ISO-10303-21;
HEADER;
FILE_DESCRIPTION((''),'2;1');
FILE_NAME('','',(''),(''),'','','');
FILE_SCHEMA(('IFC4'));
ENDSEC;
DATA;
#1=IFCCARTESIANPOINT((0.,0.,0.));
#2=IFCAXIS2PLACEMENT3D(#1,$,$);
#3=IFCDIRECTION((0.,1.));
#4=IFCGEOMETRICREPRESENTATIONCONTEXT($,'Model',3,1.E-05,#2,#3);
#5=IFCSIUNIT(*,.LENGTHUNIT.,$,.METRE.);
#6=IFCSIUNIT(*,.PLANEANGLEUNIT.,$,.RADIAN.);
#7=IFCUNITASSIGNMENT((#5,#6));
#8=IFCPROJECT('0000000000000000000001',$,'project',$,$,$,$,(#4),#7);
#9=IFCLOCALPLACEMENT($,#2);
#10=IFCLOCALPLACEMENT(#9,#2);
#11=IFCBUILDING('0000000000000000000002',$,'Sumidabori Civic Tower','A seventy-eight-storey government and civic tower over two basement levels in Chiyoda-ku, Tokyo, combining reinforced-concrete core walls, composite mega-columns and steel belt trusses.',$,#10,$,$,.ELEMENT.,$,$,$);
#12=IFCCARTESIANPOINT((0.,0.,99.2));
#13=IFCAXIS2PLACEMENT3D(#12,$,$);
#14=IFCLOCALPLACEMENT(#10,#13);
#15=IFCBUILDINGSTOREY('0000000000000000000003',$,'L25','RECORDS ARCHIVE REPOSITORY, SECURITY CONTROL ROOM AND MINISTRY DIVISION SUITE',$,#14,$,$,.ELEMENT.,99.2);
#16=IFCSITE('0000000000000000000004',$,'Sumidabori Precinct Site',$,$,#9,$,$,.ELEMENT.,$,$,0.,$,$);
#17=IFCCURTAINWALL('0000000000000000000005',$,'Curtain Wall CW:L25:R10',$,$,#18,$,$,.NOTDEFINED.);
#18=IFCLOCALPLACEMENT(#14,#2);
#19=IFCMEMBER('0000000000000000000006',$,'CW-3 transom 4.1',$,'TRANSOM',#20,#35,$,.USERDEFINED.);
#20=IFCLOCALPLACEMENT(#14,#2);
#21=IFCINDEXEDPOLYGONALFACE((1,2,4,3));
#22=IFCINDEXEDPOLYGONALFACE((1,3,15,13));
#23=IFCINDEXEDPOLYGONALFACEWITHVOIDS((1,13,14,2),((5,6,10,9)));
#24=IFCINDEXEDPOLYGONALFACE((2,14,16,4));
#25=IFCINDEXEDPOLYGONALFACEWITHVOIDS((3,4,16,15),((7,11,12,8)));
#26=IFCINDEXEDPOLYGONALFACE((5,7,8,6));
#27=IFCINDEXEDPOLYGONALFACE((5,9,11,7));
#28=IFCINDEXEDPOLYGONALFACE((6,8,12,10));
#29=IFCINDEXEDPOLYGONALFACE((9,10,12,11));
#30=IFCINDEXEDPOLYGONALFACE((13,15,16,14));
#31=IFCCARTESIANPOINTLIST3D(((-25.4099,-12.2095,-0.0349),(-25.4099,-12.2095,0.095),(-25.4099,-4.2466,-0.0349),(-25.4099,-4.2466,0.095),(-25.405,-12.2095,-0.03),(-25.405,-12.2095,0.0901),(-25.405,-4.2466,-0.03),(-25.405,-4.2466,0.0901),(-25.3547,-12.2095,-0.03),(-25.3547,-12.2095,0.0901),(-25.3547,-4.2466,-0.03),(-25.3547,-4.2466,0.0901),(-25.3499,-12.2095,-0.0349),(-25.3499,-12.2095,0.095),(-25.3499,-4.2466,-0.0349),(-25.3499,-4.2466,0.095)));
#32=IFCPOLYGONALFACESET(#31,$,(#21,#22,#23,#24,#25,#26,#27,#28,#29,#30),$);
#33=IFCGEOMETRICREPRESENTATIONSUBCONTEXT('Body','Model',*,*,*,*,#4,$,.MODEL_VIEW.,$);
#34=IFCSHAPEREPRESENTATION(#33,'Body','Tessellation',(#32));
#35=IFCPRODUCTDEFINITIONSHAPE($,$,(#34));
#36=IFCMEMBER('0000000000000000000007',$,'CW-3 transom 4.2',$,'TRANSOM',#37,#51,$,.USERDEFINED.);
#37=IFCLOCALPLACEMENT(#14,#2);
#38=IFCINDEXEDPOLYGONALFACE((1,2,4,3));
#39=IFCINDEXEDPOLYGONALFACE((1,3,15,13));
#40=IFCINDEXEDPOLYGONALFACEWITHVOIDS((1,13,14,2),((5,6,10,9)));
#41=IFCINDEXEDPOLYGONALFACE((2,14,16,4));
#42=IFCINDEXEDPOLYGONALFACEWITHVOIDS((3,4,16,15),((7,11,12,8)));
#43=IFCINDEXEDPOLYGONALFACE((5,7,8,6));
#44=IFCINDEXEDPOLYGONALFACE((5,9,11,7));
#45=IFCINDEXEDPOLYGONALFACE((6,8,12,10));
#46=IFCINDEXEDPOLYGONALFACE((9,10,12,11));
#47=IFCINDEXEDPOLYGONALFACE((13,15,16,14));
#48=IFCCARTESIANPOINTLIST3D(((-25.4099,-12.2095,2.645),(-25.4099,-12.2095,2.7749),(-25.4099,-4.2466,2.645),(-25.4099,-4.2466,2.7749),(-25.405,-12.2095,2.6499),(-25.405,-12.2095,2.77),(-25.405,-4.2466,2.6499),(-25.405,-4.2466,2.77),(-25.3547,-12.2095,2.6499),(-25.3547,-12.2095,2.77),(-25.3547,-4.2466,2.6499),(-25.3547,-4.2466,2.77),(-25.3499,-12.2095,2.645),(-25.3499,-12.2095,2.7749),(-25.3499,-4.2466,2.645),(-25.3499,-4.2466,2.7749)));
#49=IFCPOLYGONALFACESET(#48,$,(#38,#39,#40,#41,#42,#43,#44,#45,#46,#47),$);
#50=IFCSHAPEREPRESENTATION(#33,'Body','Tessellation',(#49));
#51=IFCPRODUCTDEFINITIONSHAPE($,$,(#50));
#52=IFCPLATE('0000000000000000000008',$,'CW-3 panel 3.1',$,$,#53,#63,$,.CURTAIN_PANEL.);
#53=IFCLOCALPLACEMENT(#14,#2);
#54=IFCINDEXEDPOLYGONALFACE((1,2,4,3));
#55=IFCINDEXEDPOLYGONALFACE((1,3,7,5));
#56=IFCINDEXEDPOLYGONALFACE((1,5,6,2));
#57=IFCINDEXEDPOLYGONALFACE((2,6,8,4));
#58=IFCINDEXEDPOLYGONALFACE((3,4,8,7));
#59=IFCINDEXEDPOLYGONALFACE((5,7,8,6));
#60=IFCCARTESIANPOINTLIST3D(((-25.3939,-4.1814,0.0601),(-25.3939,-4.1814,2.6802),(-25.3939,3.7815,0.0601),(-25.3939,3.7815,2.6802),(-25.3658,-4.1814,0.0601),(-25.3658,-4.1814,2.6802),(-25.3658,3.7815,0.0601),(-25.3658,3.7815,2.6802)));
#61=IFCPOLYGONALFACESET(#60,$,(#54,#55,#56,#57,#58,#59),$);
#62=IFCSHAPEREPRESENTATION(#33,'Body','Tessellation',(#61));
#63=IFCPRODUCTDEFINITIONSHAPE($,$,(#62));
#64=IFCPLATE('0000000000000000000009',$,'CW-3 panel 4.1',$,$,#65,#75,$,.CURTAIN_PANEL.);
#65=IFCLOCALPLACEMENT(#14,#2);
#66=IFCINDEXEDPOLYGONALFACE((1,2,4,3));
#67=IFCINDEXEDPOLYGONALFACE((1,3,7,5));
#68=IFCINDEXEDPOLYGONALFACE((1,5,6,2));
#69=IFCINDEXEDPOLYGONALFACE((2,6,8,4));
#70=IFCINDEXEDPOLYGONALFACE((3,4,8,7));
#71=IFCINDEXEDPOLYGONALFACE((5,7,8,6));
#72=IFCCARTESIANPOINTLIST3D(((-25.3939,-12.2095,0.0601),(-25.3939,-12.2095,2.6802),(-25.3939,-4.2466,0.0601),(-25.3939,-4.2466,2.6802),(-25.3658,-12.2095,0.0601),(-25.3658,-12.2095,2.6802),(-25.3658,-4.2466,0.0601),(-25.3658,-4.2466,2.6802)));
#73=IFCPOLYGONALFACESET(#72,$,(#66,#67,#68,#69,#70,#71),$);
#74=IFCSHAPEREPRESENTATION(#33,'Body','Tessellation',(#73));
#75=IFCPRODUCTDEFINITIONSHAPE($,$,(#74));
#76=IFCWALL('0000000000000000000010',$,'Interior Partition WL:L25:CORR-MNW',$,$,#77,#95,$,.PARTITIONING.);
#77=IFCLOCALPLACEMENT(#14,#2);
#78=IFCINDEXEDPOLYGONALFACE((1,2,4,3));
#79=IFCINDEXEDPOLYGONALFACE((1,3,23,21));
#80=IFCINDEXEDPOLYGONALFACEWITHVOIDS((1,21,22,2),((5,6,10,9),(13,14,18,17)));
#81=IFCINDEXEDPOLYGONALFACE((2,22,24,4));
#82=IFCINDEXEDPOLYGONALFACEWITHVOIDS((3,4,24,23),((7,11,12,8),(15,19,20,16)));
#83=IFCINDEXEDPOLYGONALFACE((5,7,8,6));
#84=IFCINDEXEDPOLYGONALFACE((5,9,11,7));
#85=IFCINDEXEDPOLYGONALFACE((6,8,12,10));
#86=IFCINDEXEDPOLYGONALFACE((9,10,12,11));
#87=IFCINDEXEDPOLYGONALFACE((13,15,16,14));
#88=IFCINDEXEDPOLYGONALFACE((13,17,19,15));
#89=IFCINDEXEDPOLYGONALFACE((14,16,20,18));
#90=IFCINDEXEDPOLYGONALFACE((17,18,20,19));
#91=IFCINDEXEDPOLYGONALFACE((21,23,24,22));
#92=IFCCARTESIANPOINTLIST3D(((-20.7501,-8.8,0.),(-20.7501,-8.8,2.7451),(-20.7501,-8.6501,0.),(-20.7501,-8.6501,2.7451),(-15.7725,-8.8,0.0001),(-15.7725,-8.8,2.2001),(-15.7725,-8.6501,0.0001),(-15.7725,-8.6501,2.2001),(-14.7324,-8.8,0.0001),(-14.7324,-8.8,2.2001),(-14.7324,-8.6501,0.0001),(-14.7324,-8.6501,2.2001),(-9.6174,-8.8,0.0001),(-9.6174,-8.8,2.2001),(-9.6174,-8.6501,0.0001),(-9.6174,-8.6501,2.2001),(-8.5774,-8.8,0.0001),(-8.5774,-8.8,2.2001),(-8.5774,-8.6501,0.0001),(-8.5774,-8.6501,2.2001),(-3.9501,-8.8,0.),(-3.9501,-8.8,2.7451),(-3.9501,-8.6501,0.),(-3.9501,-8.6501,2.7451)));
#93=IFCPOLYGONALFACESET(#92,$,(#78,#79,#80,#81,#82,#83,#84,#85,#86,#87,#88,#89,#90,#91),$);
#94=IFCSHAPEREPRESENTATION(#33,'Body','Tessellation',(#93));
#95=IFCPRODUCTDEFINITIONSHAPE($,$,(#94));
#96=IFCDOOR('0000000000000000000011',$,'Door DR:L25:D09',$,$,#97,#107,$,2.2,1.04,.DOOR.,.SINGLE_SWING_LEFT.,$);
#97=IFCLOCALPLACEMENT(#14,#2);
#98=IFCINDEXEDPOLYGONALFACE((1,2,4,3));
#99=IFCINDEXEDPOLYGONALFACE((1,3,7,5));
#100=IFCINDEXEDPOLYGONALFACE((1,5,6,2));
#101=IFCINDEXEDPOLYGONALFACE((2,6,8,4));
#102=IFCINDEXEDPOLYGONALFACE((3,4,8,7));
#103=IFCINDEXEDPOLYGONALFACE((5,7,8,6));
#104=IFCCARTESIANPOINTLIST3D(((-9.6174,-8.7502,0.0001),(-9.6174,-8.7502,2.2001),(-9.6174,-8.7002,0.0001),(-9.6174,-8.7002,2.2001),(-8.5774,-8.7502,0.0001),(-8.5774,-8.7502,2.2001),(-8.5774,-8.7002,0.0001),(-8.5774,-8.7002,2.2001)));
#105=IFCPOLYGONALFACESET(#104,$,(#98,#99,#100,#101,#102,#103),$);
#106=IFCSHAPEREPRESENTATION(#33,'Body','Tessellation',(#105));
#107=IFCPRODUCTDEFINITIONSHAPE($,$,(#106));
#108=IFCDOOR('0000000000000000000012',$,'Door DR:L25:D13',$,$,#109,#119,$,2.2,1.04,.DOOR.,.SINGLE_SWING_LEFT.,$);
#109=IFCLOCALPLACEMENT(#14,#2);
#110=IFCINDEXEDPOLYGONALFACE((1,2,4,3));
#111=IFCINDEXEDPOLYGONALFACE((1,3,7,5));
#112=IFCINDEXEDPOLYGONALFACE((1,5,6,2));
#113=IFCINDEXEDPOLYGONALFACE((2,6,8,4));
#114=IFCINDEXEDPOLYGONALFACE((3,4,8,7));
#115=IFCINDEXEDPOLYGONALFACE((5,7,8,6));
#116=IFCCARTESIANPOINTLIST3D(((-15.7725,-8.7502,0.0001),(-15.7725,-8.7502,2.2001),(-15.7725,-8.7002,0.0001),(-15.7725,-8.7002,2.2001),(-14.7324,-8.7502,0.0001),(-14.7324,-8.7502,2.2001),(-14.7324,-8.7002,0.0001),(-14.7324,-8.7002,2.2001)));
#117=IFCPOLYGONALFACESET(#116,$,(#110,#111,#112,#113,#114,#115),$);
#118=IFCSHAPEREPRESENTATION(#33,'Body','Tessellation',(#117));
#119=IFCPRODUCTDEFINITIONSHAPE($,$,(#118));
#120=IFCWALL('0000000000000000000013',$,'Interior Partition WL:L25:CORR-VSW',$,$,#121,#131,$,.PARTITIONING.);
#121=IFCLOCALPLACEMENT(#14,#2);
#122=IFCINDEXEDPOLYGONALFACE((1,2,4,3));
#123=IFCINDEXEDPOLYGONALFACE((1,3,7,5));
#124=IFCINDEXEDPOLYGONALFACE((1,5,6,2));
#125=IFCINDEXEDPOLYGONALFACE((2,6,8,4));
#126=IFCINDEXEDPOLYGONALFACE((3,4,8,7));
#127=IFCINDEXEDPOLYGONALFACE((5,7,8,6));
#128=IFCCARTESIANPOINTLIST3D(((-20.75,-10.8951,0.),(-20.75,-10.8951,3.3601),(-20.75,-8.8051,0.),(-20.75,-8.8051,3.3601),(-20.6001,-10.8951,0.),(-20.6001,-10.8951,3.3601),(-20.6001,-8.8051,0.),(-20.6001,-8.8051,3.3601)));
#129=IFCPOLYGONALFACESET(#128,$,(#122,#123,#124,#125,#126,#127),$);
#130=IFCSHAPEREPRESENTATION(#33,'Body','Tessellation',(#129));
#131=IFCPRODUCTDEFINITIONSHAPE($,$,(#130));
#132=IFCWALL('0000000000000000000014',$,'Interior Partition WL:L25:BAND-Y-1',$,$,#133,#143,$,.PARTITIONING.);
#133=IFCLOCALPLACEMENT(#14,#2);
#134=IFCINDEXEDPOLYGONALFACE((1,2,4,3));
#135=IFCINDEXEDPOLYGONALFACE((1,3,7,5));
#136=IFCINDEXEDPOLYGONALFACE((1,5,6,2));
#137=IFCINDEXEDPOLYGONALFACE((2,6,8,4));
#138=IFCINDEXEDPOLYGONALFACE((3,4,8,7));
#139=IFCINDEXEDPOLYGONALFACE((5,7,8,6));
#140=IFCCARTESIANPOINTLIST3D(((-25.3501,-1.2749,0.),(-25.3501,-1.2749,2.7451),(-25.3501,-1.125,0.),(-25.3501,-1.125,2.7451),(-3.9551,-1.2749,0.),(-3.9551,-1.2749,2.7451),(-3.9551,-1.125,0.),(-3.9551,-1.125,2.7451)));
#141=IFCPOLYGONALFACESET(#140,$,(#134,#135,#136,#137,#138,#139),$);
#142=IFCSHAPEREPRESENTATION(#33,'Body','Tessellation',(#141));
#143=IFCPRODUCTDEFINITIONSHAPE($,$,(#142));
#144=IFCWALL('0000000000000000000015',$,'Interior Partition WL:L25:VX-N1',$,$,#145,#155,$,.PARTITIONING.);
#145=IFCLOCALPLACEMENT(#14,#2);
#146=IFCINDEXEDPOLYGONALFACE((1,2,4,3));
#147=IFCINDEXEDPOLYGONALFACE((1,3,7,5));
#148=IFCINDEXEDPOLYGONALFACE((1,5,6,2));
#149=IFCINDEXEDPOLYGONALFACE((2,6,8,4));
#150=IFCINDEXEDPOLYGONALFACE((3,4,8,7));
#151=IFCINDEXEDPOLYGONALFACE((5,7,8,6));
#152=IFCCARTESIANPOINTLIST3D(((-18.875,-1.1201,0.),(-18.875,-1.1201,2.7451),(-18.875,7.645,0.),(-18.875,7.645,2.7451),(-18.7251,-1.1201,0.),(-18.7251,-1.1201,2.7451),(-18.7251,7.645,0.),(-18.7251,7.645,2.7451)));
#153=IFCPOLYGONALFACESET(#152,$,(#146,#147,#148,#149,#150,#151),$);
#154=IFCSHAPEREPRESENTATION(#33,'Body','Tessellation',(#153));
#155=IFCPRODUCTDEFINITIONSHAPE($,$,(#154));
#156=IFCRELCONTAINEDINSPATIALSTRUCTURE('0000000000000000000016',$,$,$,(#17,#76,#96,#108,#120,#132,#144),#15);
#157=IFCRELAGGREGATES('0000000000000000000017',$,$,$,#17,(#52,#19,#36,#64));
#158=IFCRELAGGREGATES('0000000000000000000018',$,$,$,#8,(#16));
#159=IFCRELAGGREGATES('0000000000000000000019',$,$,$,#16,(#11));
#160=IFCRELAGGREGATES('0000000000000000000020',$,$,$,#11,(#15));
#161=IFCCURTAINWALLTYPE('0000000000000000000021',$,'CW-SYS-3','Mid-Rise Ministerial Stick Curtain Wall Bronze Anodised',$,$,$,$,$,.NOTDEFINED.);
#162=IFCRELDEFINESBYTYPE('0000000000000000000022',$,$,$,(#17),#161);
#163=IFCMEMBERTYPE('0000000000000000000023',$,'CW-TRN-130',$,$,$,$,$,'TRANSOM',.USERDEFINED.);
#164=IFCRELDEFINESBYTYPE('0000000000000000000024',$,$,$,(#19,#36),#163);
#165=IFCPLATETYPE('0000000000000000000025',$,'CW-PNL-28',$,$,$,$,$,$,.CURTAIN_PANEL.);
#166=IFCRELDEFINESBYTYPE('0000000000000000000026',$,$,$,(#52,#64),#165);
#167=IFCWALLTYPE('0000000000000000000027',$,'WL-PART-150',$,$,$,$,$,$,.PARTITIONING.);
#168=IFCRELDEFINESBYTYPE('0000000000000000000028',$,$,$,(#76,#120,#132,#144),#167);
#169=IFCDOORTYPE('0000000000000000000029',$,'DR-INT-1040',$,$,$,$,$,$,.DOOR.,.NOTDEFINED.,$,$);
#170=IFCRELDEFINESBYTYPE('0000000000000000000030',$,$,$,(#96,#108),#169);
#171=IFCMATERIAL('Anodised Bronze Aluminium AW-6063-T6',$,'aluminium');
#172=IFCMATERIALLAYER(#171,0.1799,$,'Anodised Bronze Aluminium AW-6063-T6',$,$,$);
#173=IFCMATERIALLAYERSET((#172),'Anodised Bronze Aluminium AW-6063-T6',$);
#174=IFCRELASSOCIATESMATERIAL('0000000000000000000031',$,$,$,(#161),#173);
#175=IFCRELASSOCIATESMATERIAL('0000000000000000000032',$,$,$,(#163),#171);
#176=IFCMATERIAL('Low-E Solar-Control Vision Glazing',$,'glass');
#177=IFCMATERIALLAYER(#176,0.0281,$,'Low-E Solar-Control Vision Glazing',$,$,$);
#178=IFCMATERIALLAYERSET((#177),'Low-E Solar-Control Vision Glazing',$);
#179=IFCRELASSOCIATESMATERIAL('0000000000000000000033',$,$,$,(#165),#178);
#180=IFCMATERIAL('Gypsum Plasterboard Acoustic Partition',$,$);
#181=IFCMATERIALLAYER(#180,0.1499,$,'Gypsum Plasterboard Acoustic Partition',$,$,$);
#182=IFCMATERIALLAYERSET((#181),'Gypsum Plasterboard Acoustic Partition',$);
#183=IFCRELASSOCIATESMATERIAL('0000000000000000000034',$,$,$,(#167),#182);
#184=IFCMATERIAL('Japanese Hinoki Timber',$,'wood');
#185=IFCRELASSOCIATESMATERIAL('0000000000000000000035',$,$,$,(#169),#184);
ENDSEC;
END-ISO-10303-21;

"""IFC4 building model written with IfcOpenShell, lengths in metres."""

from ifc_helpers import new_model, si_unit, direction, frame, frame_2d, origin, origin_2d, place, context, subcontext, project, spatial, rectangle, hollow_rectangle, extrude, source, transform, mapped, material, layer, layer_set, material_profile, profile_set, type_object, element, fill, aggregate, save


model = new_model("IFC4")

# Units and contexts
model_context = context("Model", 3, precision=1e-05, world=origin(), true_north=direction((0.0, 1.0)))
body_context = subcontext(model_context, "Body", "Model", "MODEL_VIEW")
ifc_project = project(units=[si_unit("LENGTHUNIT", "METRE"), si_unit("PLANEANGLEUNIT", "RADIAN")], contexts=[model_context])

# Site, building, storey
site_placement = place(None, origin())
site = spatial("IfcSite", under=ifc_project, at=site_placement, Name="Sumidabori Precinct Site", CompositionType="ELEMENT", RefElevation=0.0)
building_placement = place(site_placement, origin())
building = spatial("IfcBuilding", under=site, at=building_placement, Name="Sumidabori Civic Tower", Description="A seventy-eight-storey government and civic tower over two basement levels in Chiyoda-ku, Tokyo, combining reinforced-concrete core walls, composite mega-columns and steel belt trusses.", CompositionType="ELEMENT")
storey_placement = place(building_placement, frame((0.0, 0.0, 99.2)))
storey = spatial("IfcBuildingStorey", under=building, at=storey_placement, Name="L25", Description="RECORDS ARCHIVE REPOSITORY, SECURITY CONTROL ROOM AND MINISTRY DIVISION SUITE", CompositionType="ELEMENT", Elevation=99.2)

# Curtain wall, members, plates
ifc_material_1 = material(Name="Anodised Bronze Aluminium AW-6063-T6", Category="aluminium")
ifc_layer_1 = layer(ifc_material_1, 0.1799, Name="Anodised Bronze Aluminium AW-6063-T6")
ifc_layer_set_1 = layer_set([ifc_layer_1], Name="Anodised Bronze Aluminium AW-6063-T6")
curtain_wall_type = type_object("IfcCurtainWallType", Name="CW-SYS-3", Description="Mid-Rise Ministerial Stick Curtain Wall Bronze Anodised", PredefinedType="NOTDEFINED", material=ifc_layer_set_1)
curtain_wall_placement = place(storey_placement, origin())
curtain_wall = element("IfcCurtainWall", 1, at=curtain_wall_placement, inside=storey, type_object=curtain_wall_type, Name="Curtain Wall CW:L25:R10", PredefinedType="NOTDEFINED")
ifc_material_profile_1 = material_profile(ifc_material_1, hollow_rectangle(XDim=0.0601, YDim=0.1299, WallThickness=0.0049, at=origin_2d()), Name="ALU TRANSOM 130x60")
ifc_profile_set_1 = profile_set([ifc_material_profile_1], Name="Anodised Bronze Aluminium AW-6063-T6")
member_type_1 = type_object("IfcMemberType", Name="CW-TRN-130", ElementType="TRANSOM", PredefinedType="USERDEFINED", material=ifc_profile_set_1)
shared_shape_1 = source(origin(), body_context, "Body", "SweptSolid", [
    extrude(hollow_rectangle(XDim=0.0601, YDim=0.1299, WallThickness=0.0049, at=origin_2d()), origin(), (0.0, 0.0, 1.0), 7.9629),
])
member_1_placement = place(storey_placement, frame((-25.3799, -4.2466, 0.03), z_axis=(0.0, -1.0, 0.0), x_axis=(1.0, 0.0, 0.0)))
member_1 = element("IfcMember", 2, at=member_1_placement, type_object=member_type_1, Name="CW-3 transom 4.1", ObjectType="TRANSOM", PredefinedType="USERDEFINED", context=body_context, shape_type="MappedRepresentation", body=[
    mapped(shared_shape_1, transform((0.0, 0.0, 0.0), x_axis=(1.0, 0.0, 0.0), y_axis=(0.0, 1.0, 0.0), z_axis=(0.0, 0.0, 1.0), scale=1.0)),
])
member_2_placement = place(storey_placement, frame((-25.3799, -4.2466, 2.71), z_axis=(0.0, -1.0, 0.0), x_axis=(1.0, 0.0, 0.0)))
member_2 = element("IfcMember", 3, at=member_2_placement, type_object=member_type_1, Name="CW-3 transom 4.2", ObjectType="TRANSOM", PredefinedType="USERDEFINED", context=body_context, shape_type="MappedRepresentation", body=[
    mapped(shared_shape_1, transform((0.0, 0.0, 0.0), x_axis=(1.0, 0.0, 0.0), y_axis=(0.0, 1.0, 0.0), z_axis=(0.0, 0.0, 1.0), scale=1.0)),
])
ifc_material_2 = material(Name="Low-E Solar-Control Vision Glazing", Category="glass")
ifc_layer_2 = layer(ifc_material_2, 0.0281, Name="Low-E Solar-Control Vision Glazing")
ifc_layer_set_2 = layer_set([ifc_layer_2], Name="Low-E Solar-Control Vision Glazing")
plate_type = type_object("IfcPlateType", Name="CW-PNL-28", PredefinedType="CURTAIN_PANEL", material=ifc_layer_set_2)
shared_shape_2 = source(origin(), body_context, "Body", "SweptSolid", [
    extrude(rectangle(XDim=7.9629, YDim=0.0281, at=origin_2d()), origin(), (0.0, 0.0, 1.0), 2.6201),
])
plate_1_placement = place(storey_placement, frame((-25.3799, -0.2, 0.0601), z_axis=(0.0, 0.0, 1.0), x_axis=(0.0, -1.0, 0.0)))
plate_1 = element("IfcPlate", 4, at=plate_1_placement, type_object=plate_type, Name="CW-3 panel 3.1", PredefinedType="CURTAIN_PANEL", context=body_context, shape_type="MappedRepresentation", body=[
    mapped(shared_shape_2, transform((0.0, 0.0, 0.0), x_axis=(1.0, 0.0, 0.0), y_axis=(0.0, 1.0, 0.0), z_axis=(0.0, 0.0, 1.0), scale=1.0)),
])
plate_2_placement = place(storey_placement, frame((-25.3799, -8.228, 0.0601), z_axis=(0.0, 0.0, 1.0), x_axis=(0.0, -1.0, 0.0)))
plate_2 = element("IfcPlate", 5, at=plate_2_placement, type_object=plate_type, Name="CW-3 panel 4.1", PredefinedType="CURTAIN_PANEL", context=body_context, shape_type="MappedRepresentation", body=[
    mapped(shared_shape_2, transform((0.0, 0.0, 0.0), x_axis=(1.0, 0.0, 0.0), y_axis=(0.0, 1.0, 0.0), z_axis=(0.0, 0.0, 1.0), scale=1.0)),
])
aggregate(curtain_wall, [plate_1, member_1, member_2, plate_2])

# Wall, openings, doors
ifc_material_3 = material(Name="Gypsum Plasterboard Acoustic Partition")
ifc_layer_3 = layer(ifc_material_3, 0.1499, Name="Gypsum Plasterboard Acoustic Partition")
ifc_layer_set_3 = layer_set([ifc_layer_3], Name="Gypsum Plasterboard Acoustic Partition")
wall_type = type_object("IfcWallType", Name="WL-PART-150", PredefinedType="PARTITIONING", material=ifc_layer_set_3)
shared_shape_3 = source(origin(), body_context, "Body", "SweptSolid", [
    extrude(rectangle(XDim=16.8, YDim=0.1499, at=frame_2d((8.3999, 0.0))), origin(), (0.0, 0.0, 1.0), 2.7451),
])
wall_1_placement = place(storey_placement, frame((-20.75, -8.7251, 0.0), z_axis=(0.0, 0.0, 1.0), x_axis=(1.0, 0.0, 0.0)))
wall_1 = element("IfcWall", 6, at=wall_1_placement, inside=storey, type_object=wall_type, Name="Interior Partition WL:L25:CORR-MNW", PredefinedType="PARTITIONING", context=body_context, shape_type="MappedRepresentation", body=[
    mapped(shared_shape_3, transform((0.0, 0.0, 0.0), x_axis=(1.0, 0.0, 0.0), y_axis=(0.0, 1.0, 0.0), z_axis=(0.0, 0.0, 1.0), scale=1.0)),
])
opening_1_placement = place(wall_1_placement, frame((11.1326, 0.0, 0.0)))
opening_1 = element("IfcOpeningElement", 7, at=opening_1_placement, cuts=wall_1, PredefinedType="OPENING", context=body_context, shape_type="SweptSolid", body=[
    extrude(rectangle(XDim=1.04, YDim=2.2, at=frame_2d((0.52, 1.1001))), frame((0.0, 0.0869, 0.0), z_axis=(0.0, -1.0, 0.0), x_axis=(1.0, 0.0, 0.0)), (0.0, 0.0, 1.0), 0.1738),
])
opening_2_placement = place(wall_1_placement, frame((4.9775, 0.0, 0.0)))
opening_2 = element("IfcOpeningElement", 8, at=opening_2_placement, cuts=wall_1, PredefinedType="OPENING", context=body_context, shape_type="SweptSolid", body=[
    extrude(rectangle(XDim=1.04, YDim=2.2, at=frame_2d((0.52, 1.1001))), frame((0.0, 0.0869, 0.0), z_axis=(0.0, -1.0, 0.0), x_axis=(1.0, 0.0, 0.0)), (0.0, 0.0, 1.0), 0.1738),
])
ifc_material_4 = material(Name="Japanese Hinoki Timber", Category="wood")
door_type = type_object("IfcDoorType", Name="DR-INT-1040", OperationType="NOTDEFINED", PredefinedType="DOOR", material=ifc_material_4)
shared_shape_4 = source(origin(), body_context, "Body", "SweptSolid", [
    extrude(rectangle(XDim=1.04, YDim=2.2, at=frame_2d((0.52, 1.1001))), frame((0.0, 0.0249, 0.0), z_axis=(0.0, -1.0, 0.0), x_axis=(1.0, 0.0, 0.0)), (0.0, 0.0, 1.0), 0.05),
])
door_1_placement = place(opening_1_placement, origin())
door_1 = element("IfcDoor", 9, at=door_1_placement, inside=storey, type_object=door_type, Name="Door DR:L25:D09", OperationType="SINGLE_SWING_LEFT", OverallHeight=2.2, OverallWidth=1.04, PredefinedType="DOOR", context=body_context, shape_type="MappedRepresentation", body=[
    mapped(shared_shape_4, transform((0.0, 0.0, 0.0), x_axis=(1.0, 0.0, 0.0), y_axis=(0.0, 1.0, 0.0), z_axis=(0.0, 0.0, 1.0), scale=1.0)),
])
fill(opening_1, door_1)
door_2_placement = place(opening_2_placement, origin())
door_2 = element("IfcDoor", 10, at=door_2_placement, inside=storey, type_object=door_type, Name="Door DR:L25:D13", OperationType="SINGLE_SWING_LEFT", OverallHeight=2.2, OverallWidth=1.04, PredefinedType="DOOR", context=body_context, shape_type="MappedRepresentation", body=[
    mapped(shared_shape_4, transform((0.0, 0.0, 0.0), x_axis=(1.0, 0.0, 0.0), y_axis=(0.0, 1.0, 0.0), z_axis=(0.0, 0.0, 1.0), scale=1.0)),
])
fill(opening_2, door_2)

# Walls
shared_shape_5 = source(origin(), body_context, "Body", "SweptSolid", [
    extrude(rectangle(XDim=2.0901, YDim=0.1499, at=frame_2d((1.0449, 0.0))), origin(), (0.0, 0.0, 1.0), 3.3601),
])
wall_2_placement = place(storey_placement, frame((-20.675, -10.895, 0.0), z_axis=(0.0, 0.0, 1.0), x_axis=(0.0, 1.0, 0.0)))
element("IfcWall", 11, at=wall_2_placement, inside=storey, type_object=wall_type, Name="Interior Partition WL:L25:CORR-VSW", PredefinedType="PARTITIONING", context=body_context, shape_type="MappedRepresentation", body=[
    mapped(shared_shape_5, transform((0.0, 0.0, 0.0), x_axis=(1.0, 0.0, 0.0), y_axis=(0.0, 1.0, 0.0), z_axis=(0.0, 0.0, 1.0), scale=1.0)),
])
shared_shape_6 = source(origin(), body_context, "Body", "SweptSolid", [
    extrude(rectangle(XDim=21.395, YDim=0.1499, at=frame_2d((10.6975, 0.0))), origin(), (0.0, 0.0, 1.0), 2.7451),
])
wall_3_placement = place(storey_placement, frame((-25.3501, -1.2, 0.0), z_axis=(0.0, 0.0, 1.0), x_axis=(1.0, 0.0, 0.0)))
element("IfcWall", 12, at=wall_3_placement, inside=storey, type_object=wall_type, Name="Interior Partition WL:L25:BAND-Y-1", PredefinedType="PARTITIONING", context=body_context, shape_type="MappedRepresentation", body=[
    mapped(shared_shape_6, transform((0.0, 0.0, 0.0), x_axis=(1.0, 0.0, 0.0), y_axis=(0.0, 1.0, 0.0), z_axis=(0.0, 0.0, 1.0), scale=1.0)),
])
shared_shape_7 = source(origin(), body_context, "Body", "SweptSolid", [
    extrude(rectangle(XDim=8.7651, YDim=0.1499, at=frame_2d((4.3826, 0.0))), origin(), (0.0, 0.0, 1.0), 2.7451),
])
wall_4_placement = place(storey_placement, frame((-18.8, -1.1201, 0.0), z_axis=(0.0, 0.0, 1.0), x_axis=(0.0, 1.0, 0.0)))
element("IfcWall", 13, at=wall_4_placement, inside=storey, type_object=wall_type, Name="Interior Partition WL:L25:VX-N1", PredefinedType="PARTITIONING", context=body_context, shape_type="MappedRepresentation", body=[
    mapped(shared_shape_7, transform((0.0, 0.0, 0.0), x_axis=(1.0, 0.0, 0.0), y_axis=(0.0, 1.0, 0.0), z_axis=(0.0, 0.0, 1.0), scale=1.0)),
])

save(model, "model.ifc")
